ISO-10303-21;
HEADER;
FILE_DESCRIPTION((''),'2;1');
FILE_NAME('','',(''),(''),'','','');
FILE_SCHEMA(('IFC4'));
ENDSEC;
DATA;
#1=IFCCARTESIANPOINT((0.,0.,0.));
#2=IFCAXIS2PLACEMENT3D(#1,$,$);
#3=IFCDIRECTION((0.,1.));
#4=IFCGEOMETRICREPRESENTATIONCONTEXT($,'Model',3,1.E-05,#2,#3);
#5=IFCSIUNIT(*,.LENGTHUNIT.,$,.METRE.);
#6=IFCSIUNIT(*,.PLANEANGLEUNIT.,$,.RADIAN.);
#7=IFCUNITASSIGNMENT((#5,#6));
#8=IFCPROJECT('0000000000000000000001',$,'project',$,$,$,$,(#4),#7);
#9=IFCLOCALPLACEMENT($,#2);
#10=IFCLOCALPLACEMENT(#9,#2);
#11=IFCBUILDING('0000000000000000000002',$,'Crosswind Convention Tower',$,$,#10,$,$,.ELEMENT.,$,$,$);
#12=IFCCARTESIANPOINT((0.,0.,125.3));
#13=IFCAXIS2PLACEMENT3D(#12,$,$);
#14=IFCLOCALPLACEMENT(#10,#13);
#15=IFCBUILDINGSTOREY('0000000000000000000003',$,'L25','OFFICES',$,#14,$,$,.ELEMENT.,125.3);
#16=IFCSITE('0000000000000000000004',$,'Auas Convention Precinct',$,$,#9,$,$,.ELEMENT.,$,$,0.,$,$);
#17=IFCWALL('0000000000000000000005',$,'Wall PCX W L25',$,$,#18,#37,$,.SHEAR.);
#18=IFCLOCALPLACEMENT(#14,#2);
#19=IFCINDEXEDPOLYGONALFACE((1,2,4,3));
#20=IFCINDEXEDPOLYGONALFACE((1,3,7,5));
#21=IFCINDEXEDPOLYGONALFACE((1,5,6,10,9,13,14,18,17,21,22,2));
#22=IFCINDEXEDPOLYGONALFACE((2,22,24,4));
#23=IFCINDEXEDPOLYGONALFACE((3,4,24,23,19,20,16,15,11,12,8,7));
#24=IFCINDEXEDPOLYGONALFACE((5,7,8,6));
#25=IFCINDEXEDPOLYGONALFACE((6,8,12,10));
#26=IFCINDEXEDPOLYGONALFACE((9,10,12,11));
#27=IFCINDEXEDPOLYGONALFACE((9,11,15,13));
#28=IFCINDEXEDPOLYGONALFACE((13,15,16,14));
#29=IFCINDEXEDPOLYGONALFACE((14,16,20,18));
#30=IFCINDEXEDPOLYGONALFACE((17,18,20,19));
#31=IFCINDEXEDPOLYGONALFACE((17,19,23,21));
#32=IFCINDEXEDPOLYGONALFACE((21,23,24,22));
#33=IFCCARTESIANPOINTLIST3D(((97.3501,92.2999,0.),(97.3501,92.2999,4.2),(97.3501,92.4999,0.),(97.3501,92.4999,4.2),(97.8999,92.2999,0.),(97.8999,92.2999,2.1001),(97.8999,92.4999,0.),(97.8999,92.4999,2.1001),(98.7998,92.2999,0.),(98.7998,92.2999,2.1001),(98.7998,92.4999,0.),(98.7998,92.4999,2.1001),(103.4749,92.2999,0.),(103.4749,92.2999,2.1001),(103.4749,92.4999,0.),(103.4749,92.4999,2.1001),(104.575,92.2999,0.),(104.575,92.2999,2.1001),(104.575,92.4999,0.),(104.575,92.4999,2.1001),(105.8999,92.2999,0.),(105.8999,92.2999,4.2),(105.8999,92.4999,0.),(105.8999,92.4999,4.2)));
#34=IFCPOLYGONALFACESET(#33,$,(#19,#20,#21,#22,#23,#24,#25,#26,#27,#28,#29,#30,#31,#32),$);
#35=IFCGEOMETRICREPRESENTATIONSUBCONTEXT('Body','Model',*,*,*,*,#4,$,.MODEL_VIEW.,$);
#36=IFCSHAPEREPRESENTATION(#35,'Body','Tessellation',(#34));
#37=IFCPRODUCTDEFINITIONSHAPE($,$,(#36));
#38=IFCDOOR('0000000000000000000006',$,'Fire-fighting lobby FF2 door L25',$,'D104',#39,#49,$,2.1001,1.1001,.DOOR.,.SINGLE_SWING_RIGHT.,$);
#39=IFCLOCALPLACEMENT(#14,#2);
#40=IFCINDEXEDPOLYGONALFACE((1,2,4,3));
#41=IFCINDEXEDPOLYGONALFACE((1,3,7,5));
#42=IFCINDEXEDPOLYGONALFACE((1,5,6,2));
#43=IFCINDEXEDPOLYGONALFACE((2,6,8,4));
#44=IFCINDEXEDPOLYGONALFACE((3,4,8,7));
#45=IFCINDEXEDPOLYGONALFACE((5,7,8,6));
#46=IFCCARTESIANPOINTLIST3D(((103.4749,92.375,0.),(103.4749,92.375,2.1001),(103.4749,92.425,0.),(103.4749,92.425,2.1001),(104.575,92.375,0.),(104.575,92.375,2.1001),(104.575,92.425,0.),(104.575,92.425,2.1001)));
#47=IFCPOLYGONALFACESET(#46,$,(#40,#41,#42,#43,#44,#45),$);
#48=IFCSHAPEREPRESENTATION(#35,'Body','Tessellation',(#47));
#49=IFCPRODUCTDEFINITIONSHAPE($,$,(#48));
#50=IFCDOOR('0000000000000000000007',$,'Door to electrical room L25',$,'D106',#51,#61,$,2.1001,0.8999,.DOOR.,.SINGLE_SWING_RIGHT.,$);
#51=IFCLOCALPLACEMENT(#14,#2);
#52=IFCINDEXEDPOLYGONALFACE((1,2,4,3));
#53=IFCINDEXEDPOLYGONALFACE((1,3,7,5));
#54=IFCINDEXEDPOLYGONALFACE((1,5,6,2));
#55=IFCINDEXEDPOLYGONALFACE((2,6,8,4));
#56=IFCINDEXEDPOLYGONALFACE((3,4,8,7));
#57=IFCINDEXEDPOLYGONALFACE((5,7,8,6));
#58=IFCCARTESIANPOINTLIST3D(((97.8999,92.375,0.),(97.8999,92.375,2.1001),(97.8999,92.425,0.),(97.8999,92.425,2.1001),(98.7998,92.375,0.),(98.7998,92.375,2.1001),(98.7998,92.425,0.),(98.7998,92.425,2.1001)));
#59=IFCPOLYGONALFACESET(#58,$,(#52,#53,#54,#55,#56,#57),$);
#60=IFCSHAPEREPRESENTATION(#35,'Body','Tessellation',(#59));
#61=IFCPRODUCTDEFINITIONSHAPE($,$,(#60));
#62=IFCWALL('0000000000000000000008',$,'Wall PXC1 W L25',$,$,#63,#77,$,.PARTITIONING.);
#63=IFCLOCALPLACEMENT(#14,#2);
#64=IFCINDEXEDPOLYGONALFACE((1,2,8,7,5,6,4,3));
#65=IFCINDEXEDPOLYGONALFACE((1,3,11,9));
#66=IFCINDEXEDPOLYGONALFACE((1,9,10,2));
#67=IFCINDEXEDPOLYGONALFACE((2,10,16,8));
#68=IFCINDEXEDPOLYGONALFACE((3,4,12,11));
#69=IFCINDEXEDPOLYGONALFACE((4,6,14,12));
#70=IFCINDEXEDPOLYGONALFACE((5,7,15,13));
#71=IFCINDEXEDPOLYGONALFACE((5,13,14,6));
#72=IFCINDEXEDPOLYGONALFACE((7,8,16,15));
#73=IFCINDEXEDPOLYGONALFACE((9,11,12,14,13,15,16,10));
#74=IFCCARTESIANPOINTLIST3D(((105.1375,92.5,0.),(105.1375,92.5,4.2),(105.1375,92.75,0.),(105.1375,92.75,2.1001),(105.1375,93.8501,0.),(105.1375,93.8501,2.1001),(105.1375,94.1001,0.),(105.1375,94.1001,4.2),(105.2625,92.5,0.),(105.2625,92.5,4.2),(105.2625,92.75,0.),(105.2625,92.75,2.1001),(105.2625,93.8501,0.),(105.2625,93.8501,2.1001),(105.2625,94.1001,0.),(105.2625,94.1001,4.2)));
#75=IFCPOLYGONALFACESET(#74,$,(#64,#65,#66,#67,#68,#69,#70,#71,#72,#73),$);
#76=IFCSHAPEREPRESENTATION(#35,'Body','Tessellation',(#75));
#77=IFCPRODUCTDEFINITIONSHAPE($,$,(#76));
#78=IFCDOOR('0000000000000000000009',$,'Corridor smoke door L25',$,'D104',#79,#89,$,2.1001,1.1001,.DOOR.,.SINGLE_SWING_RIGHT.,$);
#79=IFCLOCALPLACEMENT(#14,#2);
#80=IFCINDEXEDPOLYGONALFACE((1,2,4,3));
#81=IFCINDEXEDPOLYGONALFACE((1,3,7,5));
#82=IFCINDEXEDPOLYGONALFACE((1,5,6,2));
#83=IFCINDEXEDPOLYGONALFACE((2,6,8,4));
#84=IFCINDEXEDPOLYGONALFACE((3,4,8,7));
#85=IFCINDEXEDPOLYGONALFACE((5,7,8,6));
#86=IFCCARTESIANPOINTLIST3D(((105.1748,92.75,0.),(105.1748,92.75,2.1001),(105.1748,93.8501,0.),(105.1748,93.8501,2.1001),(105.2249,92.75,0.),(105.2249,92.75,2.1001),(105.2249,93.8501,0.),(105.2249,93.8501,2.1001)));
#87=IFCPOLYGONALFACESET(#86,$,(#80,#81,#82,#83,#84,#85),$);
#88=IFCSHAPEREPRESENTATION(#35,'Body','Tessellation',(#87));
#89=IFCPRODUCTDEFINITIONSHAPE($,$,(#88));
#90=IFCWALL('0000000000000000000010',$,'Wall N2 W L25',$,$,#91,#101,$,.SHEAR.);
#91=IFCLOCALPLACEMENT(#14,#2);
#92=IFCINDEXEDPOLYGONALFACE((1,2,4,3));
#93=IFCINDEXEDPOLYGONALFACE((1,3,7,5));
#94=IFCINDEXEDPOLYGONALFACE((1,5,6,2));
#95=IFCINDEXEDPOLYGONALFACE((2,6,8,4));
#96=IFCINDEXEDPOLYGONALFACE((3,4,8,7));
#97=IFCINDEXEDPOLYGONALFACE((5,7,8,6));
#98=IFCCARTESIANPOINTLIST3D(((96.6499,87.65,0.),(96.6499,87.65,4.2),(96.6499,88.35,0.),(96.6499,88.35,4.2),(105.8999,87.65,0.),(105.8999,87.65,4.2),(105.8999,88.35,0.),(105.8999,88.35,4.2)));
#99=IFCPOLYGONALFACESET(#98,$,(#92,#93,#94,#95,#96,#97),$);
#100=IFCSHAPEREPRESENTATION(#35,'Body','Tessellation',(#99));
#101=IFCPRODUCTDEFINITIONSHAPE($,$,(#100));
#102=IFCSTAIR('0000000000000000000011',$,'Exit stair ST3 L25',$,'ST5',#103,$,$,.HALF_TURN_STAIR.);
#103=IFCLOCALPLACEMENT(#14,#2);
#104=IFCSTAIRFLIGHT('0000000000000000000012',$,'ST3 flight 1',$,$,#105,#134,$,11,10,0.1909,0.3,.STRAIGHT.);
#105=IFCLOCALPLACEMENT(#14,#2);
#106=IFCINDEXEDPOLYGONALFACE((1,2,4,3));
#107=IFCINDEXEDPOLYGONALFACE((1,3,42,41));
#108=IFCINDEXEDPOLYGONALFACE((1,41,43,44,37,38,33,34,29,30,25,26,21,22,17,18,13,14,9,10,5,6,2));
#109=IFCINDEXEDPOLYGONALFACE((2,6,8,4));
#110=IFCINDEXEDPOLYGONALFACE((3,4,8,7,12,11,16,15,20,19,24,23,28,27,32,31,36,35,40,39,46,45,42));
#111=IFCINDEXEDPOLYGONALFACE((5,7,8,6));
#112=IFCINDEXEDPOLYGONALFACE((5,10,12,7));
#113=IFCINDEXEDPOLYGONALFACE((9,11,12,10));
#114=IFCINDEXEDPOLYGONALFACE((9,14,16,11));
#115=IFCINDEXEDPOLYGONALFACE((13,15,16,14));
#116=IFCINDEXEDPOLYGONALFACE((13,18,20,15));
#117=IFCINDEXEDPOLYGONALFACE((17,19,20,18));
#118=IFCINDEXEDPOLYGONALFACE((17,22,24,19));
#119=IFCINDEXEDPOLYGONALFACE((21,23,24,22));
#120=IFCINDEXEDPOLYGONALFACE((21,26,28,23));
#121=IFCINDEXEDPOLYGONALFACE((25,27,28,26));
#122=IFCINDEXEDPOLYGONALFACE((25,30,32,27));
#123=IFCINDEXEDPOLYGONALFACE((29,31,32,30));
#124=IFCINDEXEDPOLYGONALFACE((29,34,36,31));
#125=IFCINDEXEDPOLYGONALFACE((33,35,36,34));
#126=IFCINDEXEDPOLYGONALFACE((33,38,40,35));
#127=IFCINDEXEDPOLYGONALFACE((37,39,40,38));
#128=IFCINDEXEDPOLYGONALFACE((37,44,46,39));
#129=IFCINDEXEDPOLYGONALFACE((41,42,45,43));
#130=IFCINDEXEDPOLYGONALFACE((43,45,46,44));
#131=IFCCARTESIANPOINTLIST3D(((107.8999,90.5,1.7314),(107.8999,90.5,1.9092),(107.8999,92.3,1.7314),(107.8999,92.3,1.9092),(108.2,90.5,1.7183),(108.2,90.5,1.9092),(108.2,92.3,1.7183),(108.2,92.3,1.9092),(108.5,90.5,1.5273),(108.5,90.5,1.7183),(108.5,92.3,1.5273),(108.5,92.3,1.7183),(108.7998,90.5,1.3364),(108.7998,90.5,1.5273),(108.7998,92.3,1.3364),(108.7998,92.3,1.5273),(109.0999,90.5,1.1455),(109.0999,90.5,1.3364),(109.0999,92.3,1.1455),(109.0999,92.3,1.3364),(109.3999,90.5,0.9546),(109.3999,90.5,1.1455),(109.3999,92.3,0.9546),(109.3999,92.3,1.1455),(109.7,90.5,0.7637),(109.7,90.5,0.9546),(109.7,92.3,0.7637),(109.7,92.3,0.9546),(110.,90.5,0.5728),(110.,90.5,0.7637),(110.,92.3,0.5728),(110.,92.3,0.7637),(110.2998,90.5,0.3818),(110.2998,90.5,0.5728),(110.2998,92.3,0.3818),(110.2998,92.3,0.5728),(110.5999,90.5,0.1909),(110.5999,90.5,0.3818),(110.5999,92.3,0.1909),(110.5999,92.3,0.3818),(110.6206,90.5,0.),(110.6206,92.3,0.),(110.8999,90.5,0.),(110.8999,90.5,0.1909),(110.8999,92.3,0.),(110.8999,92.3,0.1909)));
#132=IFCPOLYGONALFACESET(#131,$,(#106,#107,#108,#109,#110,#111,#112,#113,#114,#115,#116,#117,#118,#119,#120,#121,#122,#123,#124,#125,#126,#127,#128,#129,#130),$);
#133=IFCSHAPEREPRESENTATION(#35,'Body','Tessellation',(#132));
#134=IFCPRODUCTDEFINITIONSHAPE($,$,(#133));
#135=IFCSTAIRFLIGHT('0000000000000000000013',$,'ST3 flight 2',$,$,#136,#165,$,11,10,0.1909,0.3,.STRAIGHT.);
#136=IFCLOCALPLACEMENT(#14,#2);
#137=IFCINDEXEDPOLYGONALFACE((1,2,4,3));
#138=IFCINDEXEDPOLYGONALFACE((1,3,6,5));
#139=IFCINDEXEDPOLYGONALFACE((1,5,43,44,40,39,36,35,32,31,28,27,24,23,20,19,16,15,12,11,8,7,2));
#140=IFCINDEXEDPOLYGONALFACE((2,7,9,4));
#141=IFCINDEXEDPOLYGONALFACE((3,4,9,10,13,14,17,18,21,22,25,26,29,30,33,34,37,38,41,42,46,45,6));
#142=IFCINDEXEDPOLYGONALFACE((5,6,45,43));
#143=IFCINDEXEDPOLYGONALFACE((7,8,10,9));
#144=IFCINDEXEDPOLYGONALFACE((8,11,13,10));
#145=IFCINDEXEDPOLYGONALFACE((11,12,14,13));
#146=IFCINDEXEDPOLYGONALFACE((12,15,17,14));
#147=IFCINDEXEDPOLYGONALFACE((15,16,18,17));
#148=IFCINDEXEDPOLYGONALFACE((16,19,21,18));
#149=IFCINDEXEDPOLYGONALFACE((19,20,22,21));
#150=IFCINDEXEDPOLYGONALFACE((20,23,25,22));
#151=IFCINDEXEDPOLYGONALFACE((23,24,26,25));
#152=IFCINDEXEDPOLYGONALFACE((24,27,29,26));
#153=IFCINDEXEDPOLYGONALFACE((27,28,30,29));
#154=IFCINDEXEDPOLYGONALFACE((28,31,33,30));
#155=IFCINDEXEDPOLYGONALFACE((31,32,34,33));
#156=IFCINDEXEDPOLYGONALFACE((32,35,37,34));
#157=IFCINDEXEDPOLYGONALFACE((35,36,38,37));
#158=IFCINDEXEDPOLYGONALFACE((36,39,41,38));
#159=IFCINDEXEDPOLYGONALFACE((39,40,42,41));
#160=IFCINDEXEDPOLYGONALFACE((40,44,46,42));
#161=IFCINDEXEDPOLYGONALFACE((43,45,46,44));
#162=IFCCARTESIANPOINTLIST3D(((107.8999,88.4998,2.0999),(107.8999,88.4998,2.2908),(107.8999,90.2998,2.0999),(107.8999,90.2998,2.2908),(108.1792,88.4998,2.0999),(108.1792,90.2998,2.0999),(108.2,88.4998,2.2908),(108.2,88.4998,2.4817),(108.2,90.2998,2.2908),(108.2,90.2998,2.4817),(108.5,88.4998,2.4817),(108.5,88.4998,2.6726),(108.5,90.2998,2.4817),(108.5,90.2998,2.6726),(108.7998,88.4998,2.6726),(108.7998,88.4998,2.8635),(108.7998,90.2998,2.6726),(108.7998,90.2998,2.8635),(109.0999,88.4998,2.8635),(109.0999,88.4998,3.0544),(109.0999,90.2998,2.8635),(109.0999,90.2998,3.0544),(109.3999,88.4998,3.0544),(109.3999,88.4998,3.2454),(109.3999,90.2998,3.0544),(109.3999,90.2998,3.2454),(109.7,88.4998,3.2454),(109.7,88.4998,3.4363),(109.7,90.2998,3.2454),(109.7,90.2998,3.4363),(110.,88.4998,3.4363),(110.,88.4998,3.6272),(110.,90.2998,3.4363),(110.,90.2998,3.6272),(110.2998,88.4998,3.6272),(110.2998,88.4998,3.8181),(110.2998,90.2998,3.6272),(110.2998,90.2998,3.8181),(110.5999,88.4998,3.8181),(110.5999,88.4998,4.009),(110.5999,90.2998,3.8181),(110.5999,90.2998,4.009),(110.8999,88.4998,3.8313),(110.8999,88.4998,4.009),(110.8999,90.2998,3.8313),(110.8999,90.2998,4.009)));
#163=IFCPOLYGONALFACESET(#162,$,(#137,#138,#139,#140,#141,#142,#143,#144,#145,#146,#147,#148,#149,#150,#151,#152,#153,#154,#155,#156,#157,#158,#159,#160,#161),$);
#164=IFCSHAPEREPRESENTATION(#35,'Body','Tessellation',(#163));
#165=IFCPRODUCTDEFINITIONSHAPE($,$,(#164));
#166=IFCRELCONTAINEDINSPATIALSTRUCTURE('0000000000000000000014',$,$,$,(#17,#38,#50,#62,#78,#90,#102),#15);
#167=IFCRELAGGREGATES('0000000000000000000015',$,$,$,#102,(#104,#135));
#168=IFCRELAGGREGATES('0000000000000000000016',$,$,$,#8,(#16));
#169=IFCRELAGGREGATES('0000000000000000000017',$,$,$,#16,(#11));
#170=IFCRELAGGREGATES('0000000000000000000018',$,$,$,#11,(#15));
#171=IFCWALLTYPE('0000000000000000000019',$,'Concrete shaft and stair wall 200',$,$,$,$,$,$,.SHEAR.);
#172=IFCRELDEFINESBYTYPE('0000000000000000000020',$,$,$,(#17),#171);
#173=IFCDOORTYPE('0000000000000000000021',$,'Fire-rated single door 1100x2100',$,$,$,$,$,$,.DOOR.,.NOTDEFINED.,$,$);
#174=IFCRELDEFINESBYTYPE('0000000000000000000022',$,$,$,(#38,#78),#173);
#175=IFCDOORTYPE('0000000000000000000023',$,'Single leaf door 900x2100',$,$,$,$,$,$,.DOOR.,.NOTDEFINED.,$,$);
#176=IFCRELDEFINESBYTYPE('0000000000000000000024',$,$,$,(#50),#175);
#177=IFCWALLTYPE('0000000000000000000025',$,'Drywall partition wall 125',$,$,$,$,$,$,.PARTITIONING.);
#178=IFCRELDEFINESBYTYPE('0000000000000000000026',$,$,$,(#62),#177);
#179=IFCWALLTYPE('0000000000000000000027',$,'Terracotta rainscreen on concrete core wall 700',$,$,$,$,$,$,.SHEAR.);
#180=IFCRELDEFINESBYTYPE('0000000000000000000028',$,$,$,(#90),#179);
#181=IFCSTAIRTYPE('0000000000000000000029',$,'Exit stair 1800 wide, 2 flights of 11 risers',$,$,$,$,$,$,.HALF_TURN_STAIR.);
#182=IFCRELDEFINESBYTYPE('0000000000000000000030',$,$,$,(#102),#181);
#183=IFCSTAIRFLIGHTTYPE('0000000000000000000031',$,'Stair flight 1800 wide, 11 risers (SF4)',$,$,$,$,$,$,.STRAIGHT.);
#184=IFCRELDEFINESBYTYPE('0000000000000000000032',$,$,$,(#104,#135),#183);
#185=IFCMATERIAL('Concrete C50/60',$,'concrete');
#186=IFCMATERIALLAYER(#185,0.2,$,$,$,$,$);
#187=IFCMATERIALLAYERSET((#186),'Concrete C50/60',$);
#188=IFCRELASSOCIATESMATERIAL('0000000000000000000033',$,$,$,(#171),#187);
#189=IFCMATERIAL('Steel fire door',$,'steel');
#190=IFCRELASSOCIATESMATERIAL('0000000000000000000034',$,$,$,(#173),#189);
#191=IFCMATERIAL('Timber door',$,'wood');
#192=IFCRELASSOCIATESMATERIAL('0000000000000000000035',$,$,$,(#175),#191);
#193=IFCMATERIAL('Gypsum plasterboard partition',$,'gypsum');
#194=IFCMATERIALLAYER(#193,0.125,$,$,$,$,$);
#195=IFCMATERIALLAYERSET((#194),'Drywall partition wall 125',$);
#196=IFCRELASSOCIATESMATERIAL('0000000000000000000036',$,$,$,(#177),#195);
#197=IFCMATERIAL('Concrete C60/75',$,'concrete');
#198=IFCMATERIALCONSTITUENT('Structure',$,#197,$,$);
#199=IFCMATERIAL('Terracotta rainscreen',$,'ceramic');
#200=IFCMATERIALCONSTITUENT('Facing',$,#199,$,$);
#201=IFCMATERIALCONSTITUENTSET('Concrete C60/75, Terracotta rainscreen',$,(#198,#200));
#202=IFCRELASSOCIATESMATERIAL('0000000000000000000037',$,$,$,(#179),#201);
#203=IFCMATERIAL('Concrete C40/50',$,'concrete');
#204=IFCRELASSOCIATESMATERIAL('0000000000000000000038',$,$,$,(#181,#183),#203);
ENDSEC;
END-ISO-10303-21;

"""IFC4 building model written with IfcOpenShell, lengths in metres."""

from ifc_helpers import new_model, si_unit, direction, frame, frame_2d, origin, place, context, subcontext, project, spatial, polyline, rectangle, outline, extrude, material, layer, layer_set, constituent, constituent_set, type_object, element, fill, aggregate, save


model = new_model("IFC4")

# Units and contexts
model_context = context("Model", 3, precision=1e-05, world=origin(), true_north=direction((0.0, 1.0)))
body_context = subcontext(model_context, "Body", "Model", "MODEL_VIEW")
ifc_project = project(units=[si_unit("LENGTHUNIT", "METRE"), si_unit("PLANEANGLEUNIT", "RADIAN")], contexts=[model_context])

# Site, building, storey
site_placement = place(None, origin())
site = spatial("IfcSite", under=ifc_project, at=site_placement, Name="Auas Convention Precinct", CompositionType="ELEMENT", RefElevation=0.0)
building_placement = place(site_placement, origin())
building = spatial("IfcBuilding", under=site, at=building_placement, Name="Crosswind Convention Tower", CompositionType="ELEMENT")
storey_placement = place(building_placement, frame((0.0, 0.0, 125.3)))
storey = spatial("IfcBuildingStorey", under=building, at=storey_placement, Name="L25", Description="OFFICES", CompositionType="ELEMENT", Elevation=125.3)

# Shared definitions
ifc_material_1 = material(Name="Concrete C50/60", Category="concrete")
ifc_layer_1 = layer(ifc_material_1, 0.2)
ifc_layer_set_1 = layer_set([ifc_layer_1], Name="Concrete C50/60")
wall_type_1 = type_object("IfcWallType", Name="Concrete shaft and stair wall 200", PredefinedType="SHEAR", material=ifc_layer_set_1)

# Wall, openings, doors
wall_1_placement = place(storey_placement, frame((105.8999, 92.3999, 0.0), z_axis=(0.0, 0.0, 1.0), x_axis=(-1.0, 0.0, 0.0)))
wall_1 = element("IfcWall", 1, at=wall_1_placement, inside=storey, type_object=wall_type_1, Name="Wall PCX W L25", PredefinedType="SHEAR", context=body_context, shape_type="SweptSolid", body=[
    extrude(rectangle(XDim=8.5498, YDim=0.2, at=frame_2d((4.2749, 0.0))), origin(), (0.0, 0.0, 1.0), 4.2),
])
opening_1_placement = place(wall_1_placement, frame((1.325, 0.0, 0.0)))
opening_1 = element("IfcOpeningElement", 2, at=opening_1_placement, cuts=wall_1, PredefinedType="OPENING", context=body_context, shape_type="SweptSolid", body=[
    extrude(rectangle(XDim=1.1001, YDim=2.1001, at=frame_2d((0.55, 1.05))), frame((0.0, 0.1099, 0.0), z_axis=(0.0, -1.0, 0.0), x_axis=(1.0, 0.0, 0.0)), (0.0, 0.0, 1.0), 0.22),
])
opening_2_placement = place(wall_1_placement, frame((7.1001, 0.0, 0.0)))
opening_2 = element("IfcOpeningElement", 3, at=opening_2_placement, cuts=wall_1, PredefinedType="OPENING", context=body_context, shape_type="SweptSolid", body=[
    extrude(rectangle(XDim=0.8999, YDim=2.1001, at=frame_2d((0.45, 1.05))), frame((0.0, 0.1099, 0.0), z_axis=(0.0, -1.0, 0.0), x_axis=(1.0, 0.0, 0.0)), (0.0, 0.0, 1.0), 0.22),
])
ifc_material_2 = material(Name="Steel fire door", Category="steel")
door_type_1 = type_object("IfcDoorType", Name="Fire-rated single door 1100x2100", OperationType="NOTDEFINED", PredefinedType="DOOR", material=ifc_material_2)
door_1_placement = place(opening_1_placement, origin())
door_1 = element("IfcDoor", 4, at=door_1_placement, inside=storey, type_object=door_type_1, Name="Fire-fighting lobby FF2 door L25", ObjectType="D104", OperationType="SINGLE_SWING_RIGHT", OverallHeight=2.1001, OverallWidth=1.1001, PredefinedType="DOOR", context=body_context, shape_type="SweptSolid", body=[
    extrude(rectangle(XDim=1.1001, YDim=2.1001, at=frame_2d((0.55, 1.05))), frame((0.0, 0.0249, 0.0), z_axis=(0.0, -1.0, 0.0), x_axis=(1.0, 0.0, 0.0)), (0.0, 0.0, 1.0), 0.05),
])
fill(opening_1, door_1)
ifc_material_3 = material(Name="Timber door", Category="wood")
door_type_2 = type_object("IfcDoorType", Name="Single leaf door 900x2100", OperationType="NOTDEFINED", PredefinedType="DOOR", material=ifc_material_3)
door_2_placement = place(opening_2_placement, origin())
door_2 = element("IfcDoor", 5, at=door_2_placement, inside=storey, type_object=door_type_2, Name="Door to electrical room L25", ObjectType="D106", OperationType="SINGLE_SWING_RIGHT", OverallHeight=2.1001, OverallWidth=0.8999, PredefinedType="DOOR", context=body_context, shape_type="SweptSolid", body=[
    extrude(rectangle(XDim=0.8999, YDim=2.1001, at=frame_2d((0.45, 1.05))), frame((0.0, 0.0249, 0.0), z_axis=(0.0, -1.0, 0.0), x_axis=(1.0, 0.0, 0.0)), (0.0, 0.0, 1.0), 0.05),
])
fill(opening_2, door_2)

# Wall, opening, door
ifc_material_4 = material(Name="Gypsum plasterboard partition", Category="gypsum")
ifc_layer_2 = layer(ifc_material_4, 0.125)
ifc_layer_set_2 = layer_set([ifc_layer_2], Name="Drywall partition wall 125")
wall_type_2 = type_object("IfcWallType", Name="Drywall partition wall 125", PredefinedType="PARTITIONING", material=ifc_layer_set_2)
wall_2_placement = place(storey_placement, frame((105.2, 94.1001, 0.0), z_axis=(0.0, 0.0, 1.0), x_axis=(0.0, -1.0, 0.0)))
wall_2 = element("IfcWall", 6, at=wall_2_placement, inside=storey, type_object=wall_type_2, Name="Wall PXC1 W L25", PredefinedType="PARTITIONING", context=body_context, shape_type="SweptSolid", body=[
    extrude(rectangle(XDim=1.6001, YDim=0.125, at=frame_2d((0.8, 0.0))), origin(), (0.0, 0.0, 1.0), 4.2),
])
opening_3_placement = place(wall_2_placement, frame((0.25, 0.0, 0.0)))
opening_3 = element("IfcOpeningElement", 7, at=opening_3_placement, cuts=wall_2, PredefinedType="OPENING", context=body_context, shape_type="SweptSolid", body=[
    extrude(rectangle(XDim=1.1001, YDim=2.1001, at=frame_2d((0.55, 1.05))), frame((0.0, 0.0725, 0.0), z_axis=(0.0, -1.0, 0.0), x_axis=(1.0, 0.0, 0.0)), (0.0, 0.0, 1.0), 0.145),
])
door_3_placement = place(opening_3_placement, origin())
door_3 = element("IfcDoor", 8, at=door_3_placement, inside=storey, type_object=door_type_1, Name="Corridor smoke door L25", ObjectType="D104", OperationType="SINGLE_SWING_RIGHT", OverallHeight=2.1001, OverallWidth=1.1001, PredefinedType="DOOR", context=body_context, shape_type="SweptSolid", body=[
    extrude(rectangle(XDim=1.1001, YDim=2.1001, at=frame_2d((0.55, 1.05))), frame((0.0, 0.0249, 0.0), z_axis=(0.0, -1.0, 0.0), x_axis=(1.0, 0.0, 0.0)), (0.0, 0.0, 1.0), 0.05),
])
fill(opening_3, door_3)

# Wall
ifc_material_5 = material(Name="Concrete C60/75", Category="concrete")
ifc_constituent_1 = constituent(ifc_material_5, Name="Structure")
ifc_material_6 = material(Name="Terracotta rainscreen", Category="ceramic")
ifc_constituent_2 = constituent(ifc_material_6, Name="Facing")
ifc_constituent_set = constituent_set(constituents=[ifc_constituent_1, ifc_constituent_2], Name="Concrete C60/75, Terracotta rainscreen")
wall_type_3 = type_object("IfcWallType", Name="Terracotta rainscreen on concrete core wall 700", PredefinedType="SHEAR", material=ifc_constituent_set)
wall_3_placement = place(storey_placement, frame((105.8999, 88.0, 0.0), z_axis=(0.0, 0.0, 1.0), x_axis=(-1.0, 0.0, 0.0)))
element("IfcWall", 9, at=wall_3_placement, inside=storey, type_object=wall_type_3, Name="Wall N2 W L25", PredefinedType="SHEAR", context=body_context, shape_type="SweptSolid", body=[
    extrude(rectangle(XDim=9.25, YDim=0.7, at=frame_2d((4.625, 0.0))), origin(), (0.0, 0.0, 1.0), 4.2),
])

# Stair, stair flights
ifc_material_7 = material(Name="Concrete C40/50", Category="concrete")
stair_type = type_object("IfcStairType", Name="Exit stair 1800 wide, 2 flights of 11 risers", PredefinedType="HALF_TURN_STAIR", material=ifc_material_7)
stair_placement = place(storey_placement, origin())
stair = element("IfcStair", 10, at=stair_placement, inside=storey, type_object=stair_type, Name="Exit stair ST3 L25", ObjectType="ST5", PredefinedType="HALF_TURN_STAIR")
stair_flight_type = type_object("IfcStairFlightType", Name="Stair flight 1800 wide, 11 risers (SF4)", PredefinedType="STRAIGHT", material=ifc_material_7)
stair_flight_1_placement = place(storey_placement, frame((110.8999, 91.3999, 0.0), z_axis=(0.0, 0.0, 1.0), x_axis=(-1.0, 0.0, 0.0)))
stair_flight_1 = element("IfcStairFlight", 11, at=stair_flight_1_placement, type_object=stair_flight_type, Name="ST3 flight 1", NumberOfRisers=11, NumberOfTreads=10, PredefinedType="STRAIGHT", RiserHeight=0.1909, TreadLength=0.3, context=body_context, shape_type="SweptSolid", body=[
    extrude(outline(polyline([(0.0, 0.0), (0.0, 0.1909), (0.3, 0.1909), (0.3, 0.3818), (0.6001, 0.3818), (0.6001, 0.5728), (0.8999, 0.5728), (0.8999, 0.7637), (1.2, 0.7637), (1.2, 0.9546), (1.5, 0.9546), (1.5, 1.1455), (1.8, 1.1455), (1.8, 1.3364), (2.1001, 1.3364), (2.1001, 1.5273), (2.3999, 1.5273), (2.3999, 1.7183), (2.7, 1.7183), (2.7, 1.9092), (3.0, 1.9092), (3.0, 2.1001), (3.0, 1.7314), (0.2793, 0.0), (0.0, 0.0)])), frame((0.0, 0.8999, 0.0), z_axis=(0.0, -1.0, 0.0), x_axis=(1.0, 0.0, 0.0)), (0.0, 0.0, 1.0), 1.8),
])
stair_flight_2_placement = place(storey_placement, frame((107.8999, 89.3999, 2.0999), z_axis=(0.0, 0.0, 1.0), x_axis=(1.0, 0.0, 0.0)))
stair_flight_2 = element("IfcStairFlight", 12, at=stair_flight_2_placement, type_object=stair_flight_type, Name="ST3 flight 2", NumberOfRisers=11, NumberOfTreads=10, PredefinedType="STRAIGHT", RiserHeight=0.1909, TreadLength=0.3, context=body_context, shape_type="SweptSolid", body=[
    extrude(outline(polyline([(0.0, 0.0), (0.0, 0.1909), (0.3, 0.1909), (0.3, 0.3818), (0.6001, 0.3818), (0.6001, 0.5728), (0.8999, 0.5728), (0.8999, 0.7637), (1.2, 0.7637), (1.2, 0.9546), (1.5, 0.9546), (1.5, 1.1455), (1.8, 1.1455), (1.8, 1.3364), (2.1001, 1.3364), (2.1001, 1.5273), (2.3999, 1.5273), (2.3999, 1.7183), (2.7, 1.7183), (2.7, 1.9092), (3.0, 1.9092), (3.0, 2.1001), (3.0, 1.7314), (0.2793, 0.0), (0.0, 0.0)])), frame((0.0, 0.8999, 0.0), z_axis=(0.0, -1.0, 0.0), x_axis=(1.0, 0.0, 0.0)), (0.0, 0.0, 1.0), 1.8),
])
aggregate(stair, [stair_flight_1, stair_flight_2])

save(model, "model.ifc")
